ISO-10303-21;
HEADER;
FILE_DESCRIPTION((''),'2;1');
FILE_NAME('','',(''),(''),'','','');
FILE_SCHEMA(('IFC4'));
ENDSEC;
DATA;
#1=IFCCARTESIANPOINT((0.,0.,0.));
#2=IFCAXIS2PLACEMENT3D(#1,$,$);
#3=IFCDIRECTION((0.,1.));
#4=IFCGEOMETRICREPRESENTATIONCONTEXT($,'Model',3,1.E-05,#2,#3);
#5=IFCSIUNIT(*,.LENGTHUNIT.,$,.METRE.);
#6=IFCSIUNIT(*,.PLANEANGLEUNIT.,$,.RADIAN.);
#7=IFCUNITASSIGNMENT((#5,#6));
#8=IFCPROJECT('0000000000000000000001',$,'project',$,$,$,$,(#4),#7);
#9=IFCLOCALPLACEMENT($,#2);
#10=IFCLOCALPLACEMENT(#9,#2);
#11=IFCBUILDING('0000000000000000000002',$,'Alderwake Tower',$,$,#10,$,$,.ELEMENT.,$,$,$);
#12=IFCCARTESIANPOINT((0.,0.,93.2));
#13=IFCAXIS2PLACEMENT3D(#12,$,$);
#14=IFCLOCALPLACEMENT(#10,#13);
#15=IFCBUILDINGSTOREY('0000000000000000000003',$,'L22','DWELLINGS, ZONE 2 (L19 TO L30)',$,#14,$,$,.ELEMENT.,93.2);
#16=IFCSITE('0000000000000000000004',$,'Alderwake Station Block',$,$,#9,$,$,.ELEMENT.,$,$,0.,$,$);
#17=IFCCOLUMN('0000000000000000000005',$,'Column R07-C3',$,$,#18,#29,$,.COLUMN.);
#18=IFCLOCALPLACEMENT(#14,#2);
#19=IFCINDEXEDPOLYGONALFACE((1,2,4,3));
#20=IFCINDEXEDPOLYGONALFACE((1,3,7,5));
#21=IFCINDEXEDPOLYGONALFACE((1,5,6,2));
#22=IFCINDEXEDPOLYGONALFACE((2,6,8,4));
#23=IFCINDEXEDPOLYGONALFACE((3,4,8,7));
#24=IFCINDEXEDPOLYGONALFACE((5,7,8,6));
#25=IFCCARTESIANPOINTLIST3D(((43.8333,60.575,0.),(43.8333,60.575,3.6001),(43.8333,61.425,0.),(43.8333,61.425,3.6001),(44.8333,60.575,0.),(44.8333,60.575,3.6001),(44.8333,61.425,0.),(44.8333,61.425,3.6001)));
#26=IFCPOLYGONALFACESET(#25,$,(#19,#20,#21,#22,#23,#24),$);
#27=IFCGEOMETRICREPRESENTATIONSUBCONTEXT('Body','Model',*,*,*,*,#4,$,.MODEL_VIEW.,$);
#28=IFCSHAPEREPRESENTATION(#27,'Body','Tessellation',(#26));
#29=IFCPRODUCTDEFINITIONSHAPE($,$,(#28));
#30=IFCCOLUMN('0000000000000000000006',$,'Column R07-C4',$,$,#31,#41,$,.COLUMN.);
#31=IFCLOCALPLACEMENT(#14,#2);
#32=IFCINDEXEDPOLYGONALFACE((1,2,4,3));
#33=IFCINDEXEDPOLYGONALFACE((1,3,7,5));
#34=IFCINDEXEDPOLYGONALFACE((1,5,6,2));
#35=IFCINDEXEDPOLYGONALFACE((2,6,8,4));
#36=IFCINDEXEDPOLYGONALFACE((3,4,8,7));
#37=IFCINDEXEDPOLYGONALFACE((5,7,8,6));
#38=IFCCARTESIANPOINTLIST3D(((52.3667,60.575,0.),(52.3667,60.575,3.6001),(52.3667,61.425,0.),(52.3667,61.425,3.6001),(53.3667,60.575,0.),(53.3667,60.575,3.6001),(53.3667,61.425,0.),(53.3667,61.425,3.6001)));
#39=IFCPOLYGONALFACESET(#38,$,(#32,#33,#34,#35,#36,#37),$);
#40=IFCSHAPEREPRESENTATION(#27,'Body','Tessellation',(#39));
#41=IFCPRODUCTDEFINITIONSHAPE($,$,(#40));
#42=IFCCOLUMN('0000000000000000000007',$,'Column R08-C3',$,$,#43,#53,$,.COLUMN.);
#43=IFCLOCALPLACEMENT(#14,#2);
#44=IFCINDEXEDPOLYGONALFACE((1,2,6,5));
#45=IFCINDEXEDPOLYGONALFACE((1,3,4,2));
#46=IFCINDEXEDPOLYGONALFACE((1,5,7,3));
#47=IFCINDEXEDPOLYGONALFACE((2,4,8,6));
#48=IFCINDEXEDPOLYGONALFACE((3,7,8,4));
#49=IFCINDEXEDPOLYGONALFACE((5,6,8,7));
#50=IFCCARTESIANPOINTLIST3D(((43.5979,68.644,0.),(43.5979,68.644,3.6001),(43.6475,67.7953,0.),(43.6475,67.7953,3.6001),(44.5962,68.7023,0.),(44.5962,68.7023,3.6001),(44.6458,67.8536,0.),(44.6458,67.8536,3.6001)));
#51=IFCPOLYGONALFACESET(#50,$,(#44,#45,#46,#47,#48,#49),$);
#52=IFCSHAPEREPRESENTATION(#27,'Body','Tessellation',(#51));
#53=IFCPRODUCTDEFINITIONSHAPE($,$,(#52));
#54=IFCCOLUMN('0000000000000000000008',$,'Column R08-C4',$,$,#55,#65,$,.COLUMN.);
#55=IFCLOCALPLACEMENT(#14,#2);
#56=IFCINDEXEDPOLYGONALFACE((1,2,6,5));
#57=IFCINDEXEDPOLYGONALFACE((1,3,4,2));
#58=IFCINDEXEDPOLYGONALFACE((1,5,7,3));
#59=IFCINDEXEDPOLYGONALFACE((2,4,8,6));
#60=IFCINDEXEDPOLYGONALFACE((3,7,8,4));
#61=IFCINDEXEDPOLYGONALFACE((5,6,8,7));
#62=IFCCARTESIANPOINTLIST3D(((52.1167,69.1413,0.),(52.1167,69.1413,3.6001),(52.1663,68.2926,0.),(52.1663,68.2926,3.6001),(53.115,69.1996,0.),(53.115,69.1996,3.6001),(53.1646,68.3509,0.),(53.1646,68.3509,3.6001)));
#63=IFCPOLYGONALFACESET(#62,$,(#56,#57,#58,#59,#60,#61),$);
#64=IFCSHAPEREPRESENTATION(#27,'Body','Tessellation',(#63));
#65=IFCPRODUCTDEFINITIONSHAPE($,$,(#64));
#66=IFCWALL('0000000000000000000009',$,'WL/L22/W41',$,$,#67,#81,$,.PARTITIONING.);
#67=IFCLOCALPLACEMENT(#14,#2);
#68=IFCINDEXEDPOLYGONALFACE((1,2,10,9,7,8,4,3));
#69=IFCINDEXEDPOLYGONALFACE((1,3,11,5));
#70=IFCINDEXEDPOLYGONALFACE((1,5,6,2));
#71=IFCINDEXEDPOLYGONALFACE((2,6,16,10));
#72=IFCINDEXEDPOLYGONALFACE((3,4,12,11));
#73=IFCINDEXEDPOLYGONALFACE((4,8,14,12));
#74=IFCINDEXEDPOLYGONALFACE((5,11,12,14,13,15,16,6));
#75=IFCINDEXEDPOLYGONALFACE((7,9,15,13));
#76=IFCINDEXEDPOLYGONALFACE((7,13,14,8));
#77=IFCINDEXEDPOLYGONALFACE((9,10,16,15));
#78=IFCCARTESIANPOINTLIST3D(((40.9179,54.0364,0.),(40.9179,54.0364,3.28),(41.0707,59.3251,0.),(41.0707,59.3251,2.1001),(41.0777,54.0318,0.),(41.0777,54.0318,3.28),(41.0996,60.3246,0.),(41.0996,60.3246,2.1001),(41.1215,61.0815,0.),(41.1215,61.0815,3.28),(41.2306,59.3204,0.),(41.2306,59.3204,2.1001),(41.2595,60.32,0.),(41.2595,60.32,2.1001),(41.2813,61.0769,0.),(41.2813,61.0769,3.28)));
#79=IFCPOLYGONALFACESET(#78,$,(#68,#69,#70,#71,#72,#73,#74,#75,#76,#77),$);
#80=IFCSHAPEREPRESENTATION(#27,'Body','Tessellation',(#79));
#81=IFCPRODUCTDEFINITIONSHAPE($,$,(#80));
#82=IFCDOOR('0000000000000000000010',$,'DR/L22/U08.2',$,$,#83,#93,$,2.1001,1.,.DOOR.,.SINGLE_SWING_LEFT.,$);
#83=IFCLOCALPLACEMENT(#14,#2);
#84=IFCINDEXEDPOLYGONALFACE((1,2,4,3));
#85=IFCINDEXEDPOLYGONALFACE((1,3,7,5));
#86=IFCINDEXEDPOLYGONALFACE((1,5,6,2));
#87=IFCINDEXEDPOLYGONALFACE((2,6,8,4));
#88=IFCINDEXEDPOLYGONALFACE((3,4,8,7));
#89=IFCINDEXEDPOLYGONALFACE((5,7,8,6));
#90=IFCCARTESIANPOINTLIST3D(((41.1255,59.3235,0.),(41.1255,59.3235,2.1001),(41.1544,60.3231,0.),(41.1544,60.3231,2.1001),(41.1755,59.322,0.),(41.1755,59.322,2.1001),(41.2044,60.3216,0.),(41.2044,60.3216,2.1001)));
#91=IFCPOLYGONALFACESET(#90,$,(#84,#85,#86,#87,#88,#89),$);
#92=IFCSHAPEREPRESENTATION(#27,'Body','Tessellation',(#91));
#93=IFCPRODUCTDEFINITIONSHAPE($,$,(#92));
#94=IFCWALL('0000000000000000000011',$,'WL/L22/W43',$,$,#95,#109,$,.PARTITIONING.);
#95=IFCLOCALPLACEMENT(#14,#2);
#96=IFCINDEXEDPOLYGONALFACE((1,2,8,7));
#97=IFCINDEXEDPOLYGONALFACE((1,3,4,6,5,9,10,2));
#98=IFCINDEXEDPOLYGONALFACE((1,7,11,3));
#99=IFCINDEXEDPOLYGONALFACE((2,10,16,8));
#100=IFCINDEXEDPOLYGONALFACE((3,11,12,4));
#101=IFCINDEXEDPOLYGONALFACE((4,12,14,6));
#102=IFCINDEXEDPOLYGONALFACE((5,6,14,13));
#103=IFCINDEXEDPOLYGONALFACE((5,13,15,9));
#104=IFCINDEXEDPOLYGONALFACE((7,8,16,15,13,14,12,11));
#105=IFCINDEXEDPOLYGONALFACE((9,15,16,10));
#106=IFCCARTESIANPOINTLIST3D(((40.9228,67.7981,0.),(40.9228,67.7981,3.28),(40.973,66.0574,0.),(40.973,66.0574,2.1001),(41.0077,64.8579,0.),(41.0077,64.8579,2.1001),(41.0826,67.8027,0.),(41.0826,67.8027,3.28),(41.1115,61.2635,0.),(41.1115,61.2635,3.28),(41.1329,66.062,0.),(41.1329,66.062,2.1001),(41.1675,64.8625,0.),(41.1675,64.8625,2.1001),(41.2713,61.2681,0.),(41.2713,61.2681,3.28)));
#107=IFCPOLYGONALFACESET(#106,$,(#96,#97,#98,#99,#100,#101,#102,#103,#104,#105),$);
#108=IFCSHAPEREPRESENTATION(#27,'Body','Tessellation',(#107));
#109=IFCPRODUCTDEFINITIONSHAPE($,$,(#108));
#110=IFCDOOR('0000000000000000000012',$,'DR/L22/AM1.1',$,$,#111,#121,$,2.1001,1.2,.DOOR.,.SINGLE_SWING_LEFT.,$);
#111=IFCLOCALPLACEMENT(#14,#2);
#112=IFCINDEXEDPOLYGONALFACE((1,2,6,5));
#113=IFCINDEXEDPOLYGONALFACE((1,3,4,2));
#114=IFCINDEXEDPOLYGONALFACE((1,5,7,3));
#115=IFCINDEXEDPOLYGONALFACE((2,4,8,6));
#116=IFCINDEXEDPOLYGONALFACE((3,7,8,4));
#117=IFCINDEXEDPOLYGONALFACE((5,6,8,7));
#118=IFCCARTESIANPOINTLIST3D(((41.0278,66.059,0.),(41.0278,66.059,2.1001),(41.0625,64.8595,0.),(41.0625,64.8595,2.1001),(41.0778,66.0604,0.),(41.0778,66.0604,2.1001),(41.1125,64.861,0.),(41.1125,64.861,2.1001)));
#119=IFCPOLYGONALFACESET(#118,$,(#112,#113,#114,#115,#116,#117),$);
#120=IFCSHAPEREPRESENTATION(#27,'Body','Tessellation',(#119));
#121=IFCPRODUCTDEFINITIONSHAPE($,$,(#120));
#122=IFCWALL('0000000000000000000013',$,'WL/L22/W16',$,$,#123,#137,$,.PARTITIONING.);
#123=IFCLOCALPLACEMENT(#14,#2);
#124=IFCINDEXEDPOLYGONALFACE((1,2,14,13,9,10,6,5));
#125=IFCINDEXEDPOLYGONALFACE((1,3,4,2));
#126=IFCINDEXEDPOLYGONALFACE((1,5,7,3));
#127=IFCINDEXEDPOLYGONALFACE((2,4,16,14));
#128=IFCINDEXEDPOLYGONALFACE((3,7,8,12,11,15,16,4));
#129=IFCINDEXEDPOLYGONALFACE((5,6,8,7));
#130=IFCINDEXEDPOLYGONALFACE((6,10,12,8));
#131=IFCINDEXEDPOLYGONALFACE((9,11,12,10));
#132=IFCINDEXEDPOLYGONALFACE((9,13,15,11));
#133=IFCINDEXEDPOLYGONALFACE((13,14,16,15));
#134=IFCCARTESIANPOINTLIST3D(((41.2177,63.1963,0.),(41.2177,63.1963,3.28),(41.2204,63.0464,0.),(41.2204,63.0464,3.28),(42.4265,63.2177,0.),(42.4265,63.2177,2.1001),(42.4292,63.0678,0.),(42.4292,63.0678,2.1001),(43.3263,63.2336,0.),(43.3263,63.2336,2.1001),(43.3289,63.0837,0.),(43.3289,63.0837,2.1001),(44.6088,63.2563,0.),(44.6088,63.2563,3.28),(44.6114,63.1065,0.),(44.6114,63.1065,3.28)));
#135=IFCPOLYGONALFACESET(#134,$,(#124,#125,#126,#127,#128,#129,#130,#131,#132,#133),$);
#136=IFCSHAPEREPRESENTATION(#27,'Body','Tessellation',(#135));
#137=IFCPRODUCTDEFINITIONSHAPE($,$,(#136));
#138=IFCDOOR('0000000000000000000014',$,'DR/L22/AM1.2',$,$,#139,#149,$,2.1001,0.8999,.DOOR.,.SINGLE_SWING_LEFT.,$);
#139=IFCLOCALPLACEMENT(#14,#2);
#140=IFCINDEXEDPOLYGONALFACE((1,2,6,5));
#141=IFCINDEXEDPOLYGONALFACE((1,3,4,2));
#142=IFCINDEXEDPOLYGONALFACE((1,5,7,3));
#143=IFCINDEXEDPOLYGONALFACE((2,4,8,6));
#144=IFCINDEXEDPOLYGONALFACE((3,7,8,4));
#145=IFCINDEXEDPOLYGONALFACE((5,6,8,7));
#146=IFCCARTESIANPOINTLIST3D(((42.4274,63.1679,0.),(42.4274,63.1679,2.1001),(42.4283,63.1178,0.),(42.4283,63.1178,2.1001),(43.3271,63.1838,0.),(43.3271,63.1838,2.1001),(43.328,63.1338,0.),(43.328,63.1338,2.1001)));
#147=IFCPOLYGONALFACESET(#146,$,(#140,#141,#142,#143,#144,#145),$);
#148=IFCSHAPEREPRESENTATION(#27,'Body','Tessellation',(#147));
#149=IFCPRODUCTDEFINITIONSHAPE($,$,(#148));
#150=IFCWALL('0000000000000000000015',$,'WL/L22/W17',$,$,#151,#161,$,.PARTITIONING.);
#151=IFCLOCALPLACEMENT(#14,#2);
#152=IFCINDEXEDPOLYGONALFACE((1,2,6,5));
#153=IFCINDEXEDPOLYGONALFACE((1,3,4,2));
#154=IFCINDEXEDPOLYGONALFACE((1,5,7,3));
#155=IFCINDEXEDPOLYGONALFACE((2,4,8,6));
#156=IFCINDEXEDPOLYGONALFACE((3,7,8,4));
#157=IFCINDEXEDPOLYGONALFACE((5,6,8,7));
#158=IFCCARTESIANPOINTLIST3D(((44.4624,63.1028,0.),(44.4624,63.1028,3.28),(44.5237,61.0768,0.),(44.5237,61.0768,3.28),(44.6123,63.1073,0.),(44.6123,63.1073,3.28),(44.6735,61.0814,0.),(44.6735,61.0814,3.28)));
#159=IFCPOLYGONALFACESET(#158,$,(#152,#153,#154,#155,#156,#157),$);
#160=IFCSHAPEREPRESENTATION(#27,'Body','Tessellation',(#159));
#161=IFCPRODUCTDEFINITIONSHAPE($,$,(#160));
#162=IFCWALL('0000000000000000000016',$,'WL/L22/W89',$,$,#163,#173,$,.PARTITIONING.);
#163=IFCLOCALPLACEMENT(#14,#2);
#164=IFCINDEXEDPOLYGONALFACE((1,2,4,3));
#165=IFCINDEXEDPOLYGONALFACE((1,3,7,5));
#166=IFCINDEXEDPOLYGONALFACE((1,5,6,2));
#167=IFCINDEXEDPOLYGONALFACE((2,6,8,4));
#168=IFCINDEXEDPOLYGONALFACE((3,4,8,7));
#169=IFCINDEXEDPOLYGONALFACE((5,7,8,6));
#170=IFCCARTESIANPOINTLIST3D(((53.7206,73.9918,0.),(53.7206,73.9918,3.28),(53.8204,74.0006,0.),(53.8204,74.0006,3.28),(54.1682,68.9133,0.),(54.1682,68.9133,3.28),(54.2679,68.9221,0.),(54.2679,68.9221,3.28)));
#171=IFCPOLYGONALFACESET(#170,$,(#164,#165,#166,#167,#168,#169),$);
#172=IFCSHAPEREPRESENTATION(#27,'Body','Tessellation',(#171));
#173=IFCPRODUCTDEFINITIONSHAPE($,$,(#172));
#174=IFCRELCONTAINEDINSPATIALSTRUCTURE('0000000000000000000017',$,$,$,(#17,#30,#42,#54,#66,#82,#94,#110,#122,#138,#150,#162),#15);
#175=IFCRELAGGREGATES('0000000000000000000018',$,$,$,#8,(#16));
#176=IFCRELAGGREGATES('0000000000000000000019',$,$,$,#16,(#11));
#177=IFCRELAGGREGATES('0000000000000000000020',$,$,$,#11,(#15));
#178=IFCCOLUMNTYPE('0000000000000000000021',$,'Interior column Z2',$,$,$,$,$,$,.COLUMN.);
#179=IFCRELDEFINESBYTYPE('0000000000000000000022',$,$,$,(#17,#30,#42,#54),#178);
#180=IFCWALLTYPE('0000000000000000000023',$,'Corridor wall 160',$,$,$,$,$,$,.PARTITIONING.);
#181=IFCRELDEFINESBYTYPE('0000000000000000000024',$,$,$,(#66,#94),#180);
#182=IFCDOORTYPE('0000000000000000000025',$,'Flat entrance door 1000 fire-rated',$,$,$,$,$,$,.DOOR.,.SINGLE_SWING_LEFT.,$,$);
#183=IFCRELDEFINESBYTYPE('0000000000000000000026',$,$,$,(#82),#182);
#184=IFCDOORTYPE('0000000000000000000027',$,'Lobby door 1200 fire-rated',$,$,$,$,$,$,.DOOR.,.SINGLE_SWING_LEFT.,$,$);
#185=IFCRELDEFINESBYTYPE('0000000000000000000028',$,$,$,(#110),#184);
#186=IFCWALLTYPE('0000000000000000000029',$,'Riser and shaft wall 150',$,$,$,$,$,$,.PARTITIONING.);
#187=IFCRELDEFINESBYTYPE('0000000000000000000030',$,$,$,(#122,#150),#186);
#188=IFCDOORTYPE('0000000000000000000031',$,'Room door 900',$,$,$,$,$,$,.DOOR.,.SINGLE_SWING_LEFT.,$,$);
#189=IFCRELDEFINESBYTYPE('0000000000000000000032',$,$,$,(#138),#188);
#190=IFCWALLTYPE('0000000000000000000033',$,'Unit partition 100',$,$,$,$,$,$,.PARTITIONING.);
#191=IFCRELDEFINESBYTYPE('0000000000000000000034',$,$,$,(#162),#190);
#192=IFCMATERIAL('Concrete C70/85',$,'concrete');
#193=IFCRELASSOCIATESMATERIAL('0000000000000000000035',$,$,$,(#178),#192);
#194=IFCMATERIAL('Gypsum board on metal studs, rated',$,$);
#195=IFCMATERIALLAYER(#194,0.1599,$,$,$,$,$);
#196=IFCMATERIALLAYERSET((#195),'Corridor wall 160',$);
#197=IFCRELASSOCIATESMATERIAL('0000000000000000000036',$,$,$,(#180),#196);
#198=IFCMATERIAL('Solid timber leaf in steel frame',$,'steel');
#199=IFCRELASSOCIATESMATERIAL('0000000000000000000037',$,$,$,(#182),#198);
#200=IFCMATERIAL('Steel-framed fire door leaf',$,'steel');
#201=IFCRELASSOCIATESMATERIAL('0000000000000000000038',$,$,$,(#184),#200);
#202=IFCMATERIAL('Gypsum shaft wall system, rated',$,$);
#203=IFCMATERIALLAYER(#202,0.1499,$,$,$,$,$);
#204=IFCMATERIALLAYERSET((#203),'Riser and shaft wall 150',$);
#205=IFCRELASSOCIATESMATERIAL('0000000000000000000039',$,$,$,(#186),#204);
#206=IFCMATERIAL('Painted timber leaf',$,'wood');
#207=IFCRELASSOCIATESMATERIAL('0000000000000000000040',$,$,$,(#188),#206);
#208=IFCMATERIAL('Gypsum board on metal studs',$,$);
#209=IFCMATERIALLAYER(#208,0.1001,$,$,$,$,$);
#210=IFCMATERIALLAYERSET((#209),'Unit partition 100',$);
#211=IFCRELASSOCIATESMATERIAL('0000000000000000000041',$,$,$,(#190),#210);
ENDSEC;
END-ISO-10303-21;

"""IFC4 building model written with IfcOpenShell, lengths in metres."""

from ifc_helpers import new_model, si_unit, direction, frame, frame_2d, origin, origin_2d, place, context, subcontext, project, spatial, rectangle, extrude, material, layer, layer_set, material_profile, profile_set, type_object, element, fill, save


model = new_model("IFC4")

# Units and contexts
model_context = context("Model", 3, precision=1e-05, world=origin(), true_north=direction((0.0, 1.0)))
body_context = subcontext(model_context, "Body", "Model", "MODEL_VIEW")
ifc_project = project(units=[si_unit("LENGTHUNIT", "METRE"), si_unit("PLANEANGLEUNIT", "RADIAN")], contexts=[model_context])

# Site, building, storey
site_placement = place(None, origin())
site = spatial("IfcSite", under=ifc_project, at=site_placement, Name="Alderwake Station Block", CompositionType="ELEMENT", RefElevation=0.0)
building_placement = place(site_placement, origin())
building = spatial("IfcBuilding", under=site, at=building_placement, Name="Alderwake Tower", CompositionType="ELEMENT")
storey_placement = place(building_placement, frame((0.0, 0.0, 93.2)))
storey = spatial("IfcBuildingStorey", under=building, at=storey_placement, Name="L22", Description="DWELLINGS, ZONE 2 (L19 TO L30)", CompositionType="ELEMENT", Elevation=93.2)

# Columns
ifc_material_1 = material(Name="Concrete C70/85", Category="concrete")
ifc_material_profile = material_profile(ifc_material_1, rectangle(XDim=0.8501, YDim=1.0, at=origin_2d()), Name="RC 1000X850")
ifc_profile_set = profile_set([ifc_material_profile], Name="Concrete C70/85")
column_type = type_object("IfcColumnType", Name="Interior column Z2", PredefinedType="COLUMN", material=ifc_profile_set)
for number, where, z_axis, x_axis, name in (
    (1, (44.3333, 61.0, 0.0), (0.0, 0.0, 1.0), (0.0, 1.0, 0.0), "Column R07-C3"),
    (2, (52.8667, 61.0, 0.0), (0.0, 0.0, 1.0), (0.0, 1.0, 0.0), "Column R07-C4"),
    (3, (44.1218, 68.2488, 0.0), (0.0, 0.0, 1.0), (-0.058301, 0.998299, 0.0), "Column R08-C3"),
    (4, (52.6406, 68.7461, 0.0), (0.0, 0.0, 1.0), (-0.058301, 0.998299, 0.0), "Column R08-C4"),
):
    element("IfcColumn", number, at=place(storey_placement, frame(where, z_axis=z_axis, x_axis=x_axis)), inside=storey, type_object=column_type, Name=name, PredefinedType="COLUMN", context=body_context, shape_type="SweptSolid", body=[
        extrude(rectangle(XDim=0.8501, YDim=1.0, at=origin_2d()), origin(), (0.0, 0.0, 1.0), 3.6001),
    ])

# Walls, openings, doors
ifc_material_2 = material(Name="Gypsum board on metal studs, rated")
ifc_layer_1 = layer(ifc_material_2, 0.1599)
ifc_layer_set_1 = layer_set([ifc_layer_1], Name="Corridor wall 160")
wall_type_1 = type_object("IfcWallType", Name="Corridor wall 160", PredefinedType="PARTITIONING", material=ifc_layer_set_1)
wall_1_placement = place(storey_placement, frame((41.2014, 61.0791, 0.0), z_axis=(0.0, 0.0, 1.0), x_axis=(-0.028889, -0.999583, 0.0)))
wall_1 = element("IfcWall", 5, at=wall_1_placement, inside=storey, type_object=wall_type_1, Name="WL/L22/W41", PredefinedType="PARTITIONING", context=body_context, shape_type="SweptSolid", body=[
    extrude(rectangle(XDim=7.0481, YDim=0.1599, at=frame_2d((3.5239, 0.0))), origin(), (0.0, 0.0, 1.0), 3.28),
])
opening_1_placement = place(wall_1_placement, frame((0.7571, 0.0, 0.0)))
opening_1 = element("IfcOpeningElement", 6, at=opening_1_placement, cuts=wall_1, PredefinedType="OPENING", context=body_context, shape_type="SweptSolid", body=[
    extrude(rectangle(XDim=1.0, YDim=2.1001, at=frame_2d((0.5, 1.05))), frame((0.0, 0.0898, 0.0), z_axis=(0.0, -1.0, 0.0), x_axis=(1.0, 0.0, 0.0)), (0.0, 0.0, 1.0), 0.1799),
])
ifc_material_3 = material(Name="Solid timber leaf in steel frame", Category="steel")
door_type_1 = type_object("IfcDoorType", Name="Flat entrance door 1000 fire-rated", OperationType="SINGLE_SWING_LEFT", PredefinedType="DOOR", material=ifc_material_3)
door_1_placement = place(opening_1_placement, origin())
door_1 = element("IfcDoor", 7, at=door_1_placement, inside=storey, type_object=door_type_1, Name="DR/L22/U08.2", OperationType="SINGLE_SWING_LEFT", OverallHeight=2.1001, OverallWidth=1.0, PredefinedType="DOOR", context=body_context, shape_type="SweptSolid", body=[
    extrude(rectangle(XDim=1.0, YDim=2.1001, at=frame_2d((0.5, 1.05))), frame((0.0, 0.0249, 0.0), z_axis=(0.0, -1.0, 0.0), x_axis=(1.0, 0.0, 0.0)), (0.0, 0.0, 1.0), 0.05),
])
fill(opening_1, door_1)
wall_2_placement = place(storey_placement, frame((41.0027, 67.8003, 0.0), z_axis=(0.0, 0.0, 1.0), x_axis=(0.028868, -0.999583, 0.0)))
wall_2 = element("IfcWall", 8, at=wall_2_placement, inside=storey, type_object=wall_type_1, Name="WL/L22/W43", PredefinedType="PARTITIONING", context=body_context, shape_type="SweptSolid", body=[
    extrude(rectangle(XDim=6.5374, YDim=0.1599, at=frame_2d((3.2686, 0.0))), origin(), (0.0, 0.0, 1.0), 3.28),
])
opening_2_placement = place(wall_2_placement, frame((1.7412, 0.0, 0.0)))
opening_2 = element("IfcOpeningElement", 9, at=opening_2_placement, cuts=wall_2, PredefinedType="OPENING", context=body_context, shape_type="SweptSolid", body=[
    extrude(rectangle(XDim=1.2, YDim=2.1001, at=frame_2d((0.6001, 1.05))), frame((0.0, 0.0898, 0.0), z_axis=(0.0, -1.0, 0.0), x_axis=(1.0, 0.0, 0.0)), (0.0, 0.0, 1.0), 0.1799),
])
ifc_material_4 = material(Name="Steel-framed fire door leaf", Category="steel")
door_type_2 = type_object("IfcDoorType", Name="Lobby door 1200 fire-rated", OperationType="SINGLE_SWING_LEFT", PredefinedType="DOOR", material=ifc_material_4)
door_2_placement = place(opening_2_placement, origin())
door_2 = element("IfcDoor", 10, at=door_2_placement, inside=storey, type_object=door_type_2, Name="DR/L22/AM1.1", OperationType="SINGLE_SWING_LEFT", OverallHeight=2.1001, OverallWidth=1.2, PredefinedType="DOOR", context=body_context, shape_type="SweptSolid", body=[
    extrude(rectangle(XDim=1.2, YDim=2.1001, at=frame_2d((0.6001, 1.05))), frame((0.0, 0.0249, 0.0), z_axis=(0.0, -1.0, 0.0), x_axis=(1.0, 0.0, 0.0)), (0.0, 0.0, 1.0), 0.05),
])
fill(opening_2, door_2)
ifc_material_5 = material(Name="Gypsum shaft wall system, rated")
ifc_layer_2 = layer(ifc_material_5, 0.1499)
ifc_layer_set_2 = layer_set([ifc_layer_2], Name="Riser and shaft wall 150")
wall_type_2 = type_object("IfcWallType", Name="Riser and shaft wall 150", PredefinedType="PARTITIONING", material=ifc_layer_set_2)
wall_3_placement = place(storey_placement, frame((44.6101, 63.1814, 0.0), z_axis=(0.0, 0.0, 1.0), x_axis=(-0.999843, -0.017708, 0.0)))
wall_3 = element("IfcWall", 11, at=wall_3_placement, inside=storey, type_object=wall_type_2, Name="WL/L22/W16", PredefinedType="PARTITIONING", context=body_context, shape_type="SweptSolid", body=[
    extrude(rectangle(XDim=3.3916, YDim=0.1499, at=frame_2d((1.6958, 0.0))), origin(), (0.0, 0.0, 1.0), 3.28),
])
opening_3_placement = place(wall_3_placement, frame((1.2827, 0.0, 0.0)))
opening_3 = element("IfcOpeningElement", 12, at=opening_3_placement, cuts=wall_3, PredefinedType="OPENING", context=body_context, shape_type="SweptSolid", body=[
    extrude(rectangle(XDim=0.8999, YDim=2.1001, at=frame_2d((0.45, 1.05))), frame((0.0, 0.085, 0.0), z_axis=(0.0, -1.0, 0.0), x_axis=(1.0, 0.0, 0.0)), (0.0, 0.0, 1.0), 0.1699),
])
ifc_material_6 = material(Name="Painted timber leaf", Category="wood")
door_type_3 = type_object("IfcDoorType", Name="Room door 900", OperationType="SINGLE_SWING_LEFT", PredefinedType="DOOR", material=ifc_material_6)
door_3_placement = place(opening_3_placement, origin())
door_3 = element("IfcDoor", 13, at=door_3_placement, inside=storey, type_object=door_type_3, Name="DR/L22/AM1.2", OperationType="SINGLE_SWING_LEFT", OverallHeight=2.1001, OverallWidth=0.8999, PredefinedType="DOOR", context=body_context, shape_type="SweptSolid", body=[
    extrude(rectangle(XDim=0.8999, YDim=2.1001, at=frame_2d((0.45, 1.05))), frame((0.0, 0.0249, 0.0), z_axis=(0.0, -1.0, 0.0), x_axis=(1.0, 0.0, 0.0)), (0.0, 0.0, 1.0), 0.05),
])
fill(opening_3, door_3)

# Walls
wall_4_placement = place(storey_placement, frame((44.5986, 61.0791, 0.0), z_axis=(0.0, 0.0, 1.0), x_axis=(-0.030234, 0.999543, 0.0)))
element("IfcWall", 14, at=wall_4_placement, inside=storey, type_object=wall_type_2, Name="WL/L22/W17", PredefinedType="PARTITIONING", context=body_context, shape_type="SweptSolid", body=[
    extrude(rectangle(XDim=2.0269, YDim=0.1499, at=frame_2d((1.0134, 0.0))), origin(), (0.0, 0.0, 1.0), 3.28),
])
ifc_material_7 = material(Name="Gypsum board on metal studs")
ifc_layer_3 = layer(ifc_material_7, 0.1001)
ifc_layer_set_3 = layer_set([ifc_layer_3], Name="Unit partition 100")
wall_type_3 = type_object("IfcWallType", Name="Unit partition 100", PredefinedType="PARTITIONING", material=ifc_layer_set_3)
wall_5_placement = place(storey_placement, frame((54.218, 68.9177, 0.0), z_axis=(0.0, 0.0, 1.0), x_axis=(-0.087781, 0.99614, 0.0)))
element("IfcWall", 15, at=wall_5_placement, inside=storey, type_object=wall_type_3, Name="WL/L22/W89", PredefinedType="PARTITIONING", context=body_context, shape_type="SweptSolid", body=[
    extrude(rectangle(XDim=5.0981, YDim=0.1001, at=frame_2d((2.5491, 0.0))), origin(), (0.0, 0.0, 1.0), 3.28),
])

save(model, "model.ifc")
